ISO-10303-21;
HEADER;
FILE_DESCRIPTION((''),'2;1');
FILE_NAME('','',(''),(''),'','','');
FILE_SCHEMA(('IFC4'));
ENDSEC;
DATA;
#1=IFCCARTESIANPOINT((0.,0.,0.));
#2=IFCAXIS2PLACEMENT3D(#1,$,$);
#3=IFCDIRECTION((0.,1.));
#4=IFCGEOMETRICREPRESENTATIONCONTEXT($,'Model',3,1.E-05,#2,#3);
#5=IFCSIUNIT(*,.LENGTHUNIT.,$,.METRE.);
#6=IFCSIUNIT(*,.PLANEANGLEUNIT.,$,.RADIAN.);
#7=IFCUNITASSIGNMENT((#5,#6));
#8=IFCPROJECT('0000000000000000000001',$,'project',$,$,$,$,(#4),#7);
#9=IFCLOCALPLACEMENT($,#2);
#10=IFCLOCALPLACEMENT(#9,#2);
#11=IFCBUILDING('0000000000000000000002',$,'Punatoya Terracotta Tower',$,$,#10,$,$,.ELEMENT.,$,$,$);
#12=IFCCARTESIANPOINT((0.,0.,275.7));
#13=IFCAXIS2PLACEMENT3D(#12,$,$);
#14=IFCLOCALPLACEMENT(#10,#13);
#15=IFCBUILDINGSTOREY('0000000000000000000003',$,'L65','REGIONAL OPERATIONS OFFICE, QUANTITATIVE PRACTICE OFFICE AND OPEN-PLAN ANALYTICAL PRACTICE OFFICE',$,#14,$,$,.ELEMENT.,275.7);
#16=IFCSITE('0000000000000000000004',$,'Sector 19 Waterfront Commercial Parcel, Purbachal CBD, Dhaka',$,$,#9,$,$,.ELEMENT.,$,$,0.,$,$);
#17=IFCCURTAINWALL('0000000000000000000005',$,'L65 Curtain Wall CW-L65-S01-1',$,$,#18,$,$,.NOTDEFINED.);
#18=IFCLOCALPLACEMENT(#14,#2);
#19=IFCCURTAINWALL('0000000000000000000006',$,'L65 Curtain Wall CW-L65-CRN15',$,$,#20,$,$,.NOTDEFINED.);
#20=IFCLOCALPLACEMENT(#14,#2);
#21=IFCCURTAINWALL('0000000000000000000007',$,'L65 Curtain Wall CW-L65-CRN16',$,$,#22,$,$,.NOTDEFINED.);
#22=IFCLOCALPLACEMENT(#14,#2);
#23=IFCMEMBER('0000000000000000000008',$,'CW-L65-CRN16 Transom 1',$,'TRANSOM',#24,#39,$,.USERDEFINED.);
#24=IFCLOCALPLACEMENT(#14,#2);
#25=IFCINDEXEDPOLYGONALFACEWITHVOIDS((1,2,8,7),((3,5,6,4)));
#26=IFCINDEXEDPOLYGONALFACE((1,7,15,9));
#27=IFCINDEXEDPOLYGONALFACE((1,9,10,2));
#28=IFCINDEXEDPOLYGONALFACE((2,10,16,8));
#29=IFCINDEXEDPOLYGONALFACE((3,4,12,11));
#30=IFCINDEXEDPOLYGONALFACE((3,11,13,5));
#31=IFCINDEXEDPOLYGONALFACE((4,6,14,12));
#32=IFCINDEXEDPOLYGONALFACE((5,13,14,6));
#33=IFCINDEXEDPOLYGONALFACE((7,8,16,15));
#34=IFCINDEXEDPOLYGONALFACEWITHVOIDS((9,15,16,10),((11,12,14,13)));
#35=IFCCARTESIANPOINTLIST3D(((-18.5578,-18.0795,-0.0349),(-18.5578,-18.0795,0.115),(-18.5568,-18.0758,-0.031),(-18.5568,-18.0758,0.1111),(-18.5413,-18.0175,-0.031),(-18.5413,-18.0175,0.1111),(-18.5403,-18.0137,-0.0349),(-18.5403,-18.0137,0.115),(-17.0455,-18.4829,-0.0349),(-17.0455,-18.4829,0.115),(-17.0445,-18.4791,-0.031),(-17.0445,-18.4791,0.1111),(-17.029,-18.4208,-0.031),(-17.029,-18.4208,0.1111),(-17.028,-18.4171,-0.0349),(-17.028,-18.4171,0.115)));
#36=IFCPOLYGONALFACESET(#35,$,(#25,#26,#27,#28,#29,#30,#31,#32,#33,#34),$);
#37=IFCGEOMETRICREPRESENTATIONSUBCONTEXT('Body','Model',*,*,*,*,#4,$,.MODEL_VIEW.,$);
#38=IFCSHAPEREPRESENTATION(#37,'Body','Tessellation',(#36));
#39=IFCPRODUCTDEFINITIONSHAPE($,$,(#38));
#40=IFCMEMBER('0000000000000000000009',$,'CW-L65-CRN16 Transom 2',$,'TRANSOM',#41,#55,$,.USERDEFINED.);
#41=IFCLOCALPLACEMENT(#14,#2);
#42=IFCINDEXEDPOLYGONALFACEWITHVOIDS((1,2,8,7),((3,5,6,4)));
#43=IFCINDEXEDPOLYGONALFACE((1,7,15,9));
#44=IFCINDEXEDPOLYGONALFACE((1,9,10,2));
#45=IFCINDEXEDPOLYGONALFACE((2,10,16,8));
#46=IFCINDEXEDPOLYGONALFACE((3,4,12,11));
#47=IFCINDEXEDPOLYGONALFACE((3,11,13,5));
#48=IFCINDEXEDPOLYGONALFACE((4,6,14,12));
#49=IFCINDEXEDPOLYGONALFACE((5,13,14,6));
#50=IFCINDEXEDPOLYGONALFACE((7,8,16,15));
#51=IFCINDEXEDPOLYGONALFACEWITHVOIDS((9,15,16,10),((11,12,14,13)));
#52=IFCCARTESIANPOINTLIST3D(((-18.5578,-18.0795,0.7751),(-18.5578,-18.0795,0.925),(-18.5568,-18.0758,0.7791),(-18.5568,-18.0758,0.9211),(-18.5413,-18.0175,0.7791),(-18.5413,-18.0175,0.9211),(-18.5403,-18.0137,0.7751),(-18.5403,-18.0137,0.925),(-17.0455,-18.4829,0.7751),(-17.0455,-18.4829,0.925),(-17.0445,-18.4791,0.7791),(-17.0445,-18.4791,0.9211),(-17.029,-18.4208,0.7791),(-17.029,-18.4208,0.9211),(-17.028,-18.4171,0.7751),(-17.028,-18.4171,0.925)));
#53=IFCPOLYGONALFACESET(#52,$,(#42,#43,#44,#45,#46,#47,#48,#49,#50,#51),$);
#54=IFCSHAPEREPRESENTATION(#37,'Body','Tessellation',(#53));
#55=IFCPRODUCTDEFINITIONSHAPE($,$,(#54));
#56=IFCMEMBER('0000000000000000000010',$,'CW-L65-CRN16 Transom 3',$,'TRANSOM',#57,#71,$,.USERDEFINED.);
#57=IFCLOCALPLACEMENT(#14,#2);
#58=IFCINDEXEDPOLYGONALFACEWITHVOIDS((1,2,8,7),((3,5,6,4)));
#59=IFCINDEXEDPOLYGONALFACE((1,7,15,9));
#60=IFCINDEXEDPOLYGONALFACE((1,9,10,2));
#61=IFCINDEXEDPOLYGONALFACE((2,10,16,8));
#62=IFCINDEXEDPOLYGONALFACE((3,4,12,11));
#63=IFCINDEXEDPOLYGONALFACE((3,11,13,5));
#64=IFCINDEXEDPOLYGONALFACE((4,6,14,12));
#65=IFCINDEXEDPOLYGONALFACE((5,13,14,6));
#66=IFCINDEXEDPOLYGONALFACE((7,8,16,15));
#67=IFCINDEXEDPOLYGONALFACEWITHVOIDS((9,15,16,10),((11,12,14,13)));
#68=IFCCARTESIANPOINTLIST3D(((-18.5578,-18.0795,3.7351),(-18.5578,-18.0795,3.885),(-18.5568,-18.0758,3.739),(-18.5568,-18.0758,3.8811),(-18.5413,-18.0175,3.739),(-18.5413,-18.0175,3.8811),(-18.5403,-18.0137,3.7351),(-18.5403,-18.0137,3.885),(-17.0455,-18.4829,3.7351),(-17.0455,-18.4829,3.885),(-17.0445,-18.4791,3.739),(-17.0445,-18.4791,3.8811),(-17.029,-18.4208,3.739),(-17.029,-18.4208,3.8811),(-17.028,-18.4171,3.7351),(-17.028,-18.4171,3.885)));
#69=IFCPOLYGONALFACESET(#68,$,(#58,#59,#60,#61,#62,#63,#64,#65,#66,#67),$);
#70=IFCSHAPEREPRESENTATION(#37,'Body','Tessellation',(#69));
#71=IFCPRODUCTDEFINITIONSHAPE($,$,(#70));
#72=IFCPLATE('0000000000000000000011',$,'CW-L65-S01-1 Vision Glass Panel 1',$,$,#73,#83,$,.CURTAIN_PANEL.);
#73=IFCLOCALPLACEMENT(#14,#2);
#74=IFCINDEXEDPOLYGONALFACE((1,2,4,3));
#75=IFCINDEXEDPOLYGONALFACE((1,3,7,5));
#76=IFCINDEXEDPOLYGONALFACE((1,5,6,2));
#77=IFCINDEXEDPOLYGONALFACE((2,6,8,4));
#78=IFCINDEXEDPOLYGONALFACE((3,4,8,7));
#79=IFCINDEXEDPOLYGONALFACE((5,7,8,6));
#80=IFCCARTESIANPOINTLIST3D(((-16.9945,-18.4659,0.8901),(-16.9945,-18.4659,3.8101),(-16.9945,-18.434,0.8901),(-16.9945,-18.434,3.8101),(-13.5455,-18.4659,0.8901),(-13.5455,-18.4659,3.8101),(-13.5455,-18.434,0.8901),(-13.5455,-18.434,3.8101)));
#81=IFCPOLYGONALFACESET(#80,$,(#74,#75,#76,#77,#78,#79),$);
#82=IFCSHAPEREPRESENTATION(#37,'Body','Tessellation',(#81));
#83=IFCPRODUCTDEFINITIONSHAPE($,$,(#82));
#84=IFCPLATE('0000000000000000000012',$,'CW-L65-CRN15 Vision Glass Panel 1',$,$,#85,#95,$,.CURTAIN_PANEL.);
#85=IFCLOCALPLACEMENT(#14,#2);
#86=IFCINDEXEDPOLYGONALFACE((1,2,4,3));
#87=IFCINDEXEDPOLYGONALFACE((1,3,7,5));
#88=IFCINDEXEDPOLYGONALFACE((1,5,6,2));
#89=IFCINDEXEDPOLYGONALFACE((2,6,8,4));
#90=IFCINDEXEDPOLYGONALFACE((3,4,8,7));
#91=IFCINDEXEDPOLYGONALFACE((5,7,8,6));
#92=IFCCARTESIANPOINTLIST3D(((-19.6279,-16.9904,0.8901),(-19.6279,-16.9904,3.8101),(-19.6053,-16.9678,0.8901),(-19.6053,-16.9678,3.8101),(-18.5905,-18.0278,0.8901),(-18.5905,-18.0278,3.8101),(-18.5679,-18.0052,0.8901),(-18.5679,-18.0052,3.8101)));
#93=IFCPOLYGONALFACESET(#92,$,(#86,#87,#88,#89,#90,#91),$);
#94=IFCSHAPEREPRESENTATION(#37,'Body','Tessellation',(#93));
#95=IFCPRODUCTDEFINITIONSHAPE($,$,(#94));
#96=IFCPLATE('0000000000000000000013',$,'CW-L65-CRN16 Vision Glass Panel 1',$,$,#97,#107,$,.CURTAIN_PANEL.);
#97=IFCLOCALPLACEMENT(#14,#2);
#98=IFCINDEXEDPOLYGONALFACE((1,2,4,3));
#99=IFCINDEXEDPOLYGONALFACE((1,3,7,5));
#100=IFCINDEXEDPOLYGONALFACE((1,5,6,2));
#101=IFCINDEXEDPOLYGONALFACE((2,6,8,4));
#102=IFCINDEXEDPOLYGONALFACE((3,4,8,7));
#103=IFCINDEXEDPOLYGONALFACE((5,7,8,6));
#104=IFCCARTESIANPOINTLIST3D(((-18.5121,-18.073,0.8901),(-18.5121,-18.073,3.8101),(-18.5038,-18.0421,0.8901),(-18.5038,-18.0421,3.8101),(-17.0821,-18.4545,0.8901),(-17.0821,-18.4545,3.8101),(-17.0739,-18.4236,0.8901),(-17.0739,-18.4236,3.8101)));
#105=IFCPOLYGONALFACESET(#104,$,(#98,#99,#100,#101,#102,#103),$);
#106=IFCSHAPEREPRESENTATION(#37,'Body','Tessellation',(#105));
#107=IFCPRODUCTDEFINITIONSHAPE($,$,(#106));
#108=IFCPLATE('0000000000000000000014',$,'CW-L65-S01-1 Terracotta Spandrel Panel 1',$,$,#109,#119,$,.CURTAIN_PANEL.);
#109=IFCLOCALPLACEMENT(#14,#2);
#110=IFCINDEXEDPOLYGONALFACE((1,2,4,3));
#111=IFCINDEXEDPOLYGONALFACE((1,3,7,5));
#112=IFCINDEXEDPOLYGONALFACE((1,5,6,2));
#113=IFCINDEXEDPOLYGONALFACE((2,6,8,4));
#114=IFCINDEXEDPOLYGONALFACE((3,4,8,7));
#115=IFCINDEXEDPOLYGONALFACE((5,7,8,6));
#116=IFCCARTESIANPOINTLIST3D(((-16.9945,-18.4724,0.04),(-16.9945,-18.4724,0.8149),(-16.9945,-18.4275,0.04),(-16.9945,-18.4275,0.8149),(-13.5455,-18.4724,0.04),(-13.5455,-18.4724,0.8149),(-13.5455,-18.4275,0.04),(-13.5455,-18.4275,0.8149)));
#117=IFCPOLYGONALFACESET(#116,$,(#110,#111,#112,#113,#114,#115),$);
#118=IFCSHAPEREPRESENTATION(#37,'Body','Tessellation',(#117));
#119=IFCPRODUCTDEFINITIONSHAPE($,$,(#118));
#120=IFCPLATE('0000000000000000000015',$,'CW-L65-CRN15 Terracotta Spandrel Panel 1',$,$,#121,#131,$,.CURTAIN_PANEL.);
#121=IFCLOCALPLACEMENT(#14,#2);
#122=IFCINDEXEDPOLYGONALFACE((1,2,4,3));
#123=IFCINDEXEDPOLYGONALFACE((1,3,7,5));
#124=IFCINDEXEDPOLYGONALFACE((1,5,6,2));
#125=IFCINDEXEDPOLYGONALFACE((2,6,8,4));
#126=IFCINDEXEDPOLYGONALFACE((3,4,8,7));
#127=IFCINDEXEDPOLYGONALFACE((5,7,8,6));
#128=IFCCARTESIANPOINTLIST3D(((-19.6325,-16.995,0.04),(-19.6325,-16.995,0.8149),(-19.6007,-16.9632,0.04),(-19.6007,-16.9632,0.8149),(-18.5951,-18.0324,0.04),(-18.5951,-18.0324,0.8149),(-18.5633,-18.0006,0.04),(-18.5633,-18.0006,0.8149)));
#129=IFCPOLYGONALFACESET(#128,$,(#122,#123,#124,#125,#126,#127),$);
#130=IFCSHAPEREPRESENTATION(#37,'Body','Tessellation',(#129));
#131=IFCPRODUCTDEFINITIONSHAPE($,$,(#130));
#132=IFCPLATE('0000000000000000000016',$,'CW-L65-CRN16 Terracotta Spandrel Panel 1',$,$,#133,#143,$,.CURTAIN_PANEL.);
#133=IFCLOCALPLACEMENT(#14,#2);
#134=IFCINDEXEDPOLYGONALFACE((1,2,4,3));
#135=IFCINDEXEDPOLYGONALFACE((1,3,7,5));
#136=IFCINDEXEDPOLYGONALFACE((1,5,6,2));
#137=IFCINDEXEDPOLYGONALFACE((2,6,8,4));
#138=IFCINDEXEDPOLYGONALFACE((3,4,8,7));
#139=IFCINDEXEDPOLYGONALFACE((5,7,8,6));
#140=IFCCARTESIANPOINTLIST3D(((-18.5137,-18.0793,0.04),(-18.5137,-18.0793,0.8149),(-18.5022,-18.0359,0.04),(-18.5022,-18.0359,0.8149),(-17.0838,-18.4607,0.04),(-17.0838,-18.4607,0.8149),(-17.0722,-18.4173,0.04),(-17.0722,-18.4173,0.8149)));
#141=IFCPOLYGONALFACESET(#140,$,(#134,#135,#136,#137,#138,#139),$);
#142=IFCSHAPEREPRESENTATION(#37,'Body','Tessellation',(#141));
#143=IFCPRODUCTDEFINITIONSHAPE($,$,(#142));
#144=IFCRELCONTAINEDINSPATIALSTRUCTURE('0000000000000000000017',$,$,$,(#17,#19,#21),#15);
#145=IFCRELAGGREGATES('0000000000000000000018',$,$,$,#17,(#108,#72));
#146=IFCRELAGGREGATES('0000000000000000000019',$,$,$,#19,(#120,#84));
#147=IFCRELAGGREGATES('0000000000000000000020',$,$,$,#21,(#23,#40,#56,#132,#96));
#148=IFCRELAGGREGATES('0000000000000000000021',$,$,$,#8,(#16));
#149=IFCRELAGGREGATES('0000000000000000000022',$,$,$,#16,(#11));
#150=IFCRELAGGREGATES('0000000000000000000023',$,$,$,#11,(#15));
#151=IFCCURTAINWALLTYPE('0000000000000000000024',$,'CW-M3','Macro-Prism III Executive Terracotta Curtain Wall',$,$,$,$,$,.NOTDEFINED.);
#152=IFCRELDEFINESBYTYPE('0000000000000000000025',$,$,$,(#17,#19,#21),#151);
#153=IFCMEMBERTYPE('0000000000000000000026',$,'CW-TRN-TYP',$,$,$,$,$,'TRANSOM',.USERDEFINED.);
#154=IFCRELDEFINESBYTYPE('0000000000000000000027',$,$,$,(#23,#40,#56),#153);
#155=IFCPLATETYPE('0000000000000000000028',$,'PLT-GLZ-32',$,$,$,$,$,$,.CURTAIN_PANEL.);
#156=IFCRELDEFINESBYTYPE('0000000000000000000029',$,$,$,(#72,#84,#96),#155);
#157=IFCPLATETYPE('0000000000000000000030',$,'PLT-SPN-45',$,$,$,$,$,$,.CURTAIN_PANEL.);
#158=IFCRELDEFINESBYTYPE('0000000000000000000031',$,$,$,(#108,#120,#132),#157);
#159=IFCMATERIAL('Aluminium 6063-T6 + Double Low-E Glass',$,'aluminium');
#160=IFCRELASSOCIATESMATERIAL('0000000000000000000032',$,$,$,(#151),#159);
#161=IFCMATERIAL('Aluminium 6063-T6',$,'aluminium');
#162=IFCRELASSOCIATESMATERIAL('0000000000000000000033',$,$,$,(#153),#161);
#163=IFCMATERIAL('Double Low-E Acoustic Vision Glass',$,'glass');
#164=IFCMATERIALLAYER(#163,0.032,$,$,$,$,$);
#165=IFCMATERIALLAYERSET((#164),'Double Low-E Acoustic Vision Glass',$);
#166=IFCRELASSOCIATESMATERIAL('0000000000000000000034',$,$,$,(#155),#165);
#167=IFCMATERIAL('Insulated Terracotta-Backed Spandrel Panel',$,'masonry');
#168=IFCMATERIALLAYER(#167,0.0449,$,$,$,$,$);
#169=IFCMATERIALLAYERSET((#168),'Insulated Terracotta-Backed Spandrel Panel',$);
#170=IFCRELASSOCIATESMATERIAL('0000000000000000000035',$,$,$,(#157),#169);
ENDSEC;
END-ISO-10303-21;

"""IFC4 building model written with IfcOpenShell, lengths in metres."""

from ifc_helpers import new_model, si_unit, direction, frame, origin, origin_2d, place, context, subcontext, project, spatial, rectangle, hollow_rectangle, extrude, material, layer, layer_set, material_profile, profile_set, type_object, element, aggregate, save


model = new_model("IFC4")

# Units and contexts
model_context = context("Model", 3, precision=1e-05, world=origin(), true_north=direction((0.0, 1.0)))
body_context = subcontext(model_context, "Body", "Model", "MODEL_VIEW")
ifc_project = project(units=[si_unit("LENGTHUNIT", "METRE"), si_unit("PLANEANGLEUNIT", "RADIAN")], contexts=[model_context])

# Site, building, storey
site_placement = place(None, origin())
site = spatial("IfcSite", under=ifc_project, at=site_placement, Name="Sector 19 Waterfront Commercial Parcel, Purbachal CBD, Dhaka", CompositionType="ELEMENT", RefElevation=0.0)
building_placement = place(site_placement, origin())
building = spatial("IfcBuilding", under=site, at=building_placement, Name="Punatoya Terracotta Tower", CompositionType="ELEMENT")
storey_placement = place(building_placement, frame((0.0, 0.0, 275.7)))
storey = spatial("IfcBuildingStorey", under=building, at=storey_placement, Name="L65", Description="REGIONAL OPERATIONS OFFICE, QUANTITATIVE PRACTICE OFFICE AND OPEN-PLAN ANALYTICAL PRACTICE OFFICE", CompositionType="ELEMENT", Elevation=275.7)

# Curtain wall
ifc_material_1 = material(Name="Aluminium 6063-T6 + Double Low-E Glass", Category="aluminium")
curtain_wall_type = type_object("IfcCurtainWallType", Name="CW-M3", Description="Macro-Prism III Executive Terracotta Curtain Wall", PredefinedType="NOTDEFINED", material=ifc_material_1)
curtain_wall_1_placement = place(storey_placement, origin())
curtain_wall_1 = element("IfcCurtainWall", 1, at=curtain_wall_1_placement, inside=storey, type_object=curtain_wall_type, Name="L65 Curtain Wall CW-L65-S01-1", PredefinedType="NOTDEFINED")
ifc_material_2 = material(Name="Aluminium 6063-T6", Category="aluminium")

# Curtain walls
curtain_wall_2_placement = place(storey_placement, origin())
curtain_wall_2 = element("IfcCurtainWall", 2, at=curtain_wall_2_placement, inside=storey, type_object=curtain_wall_type, Name="L65 Curtain Wall CW-L65-CRN15", PredefinedType="NOTDEFINED")
curtain_wall_3_placement = place(storey_placement, origin())
curtain_wall_3 = element("IfcCurtainWall", 3, at=curtain_wall_3_placement, inside=storey, type_object=curtain_wall_type, Name="L65 Curtain Wall CW-L65-CRN16", PredefinedType="NOTDEFINED")

# Members
ifc_material_profile_1 = material_profile(ifc_material_2, hollow_rectangle(XDim=0.0681, YDim=0.1499, WallThickness=0.0039, at=origin_2d()))
ifc_profile_set_1 = profile_set([ifc_material_profile_1], Name="Aluminium 6063-T6")
member_type_1 = type_object("IfcMemberType", Name="CW-TRN-TYP", ElementType="TRANSOM", PredefinedType="USERDEFINED", material=ifc_profile_set_1)
member_1_placement = place(storey_placement, frame((-18.5491, -18.0466, 0.04), z_axis=(0.966225, -0.257701, 0.0), x_axis=(0.257701, 0.966225, 0.0)))
member_1 = element("IfcMember", 4, at=member_1_placement, type_object=member_type_1, Name="CW-L65-CRN16 Transom 1", ObjectType="TRANSOM", PredefinedType="USERDEFINED", context=body_context, shape_type="SweptSolid", body=[
    extrude(hollow_rectangle(XDim=0.0681, YDim=0.1499, WallThickness=0.0039, at=origin_2d()), origin(), (0.0, 0.0, 1.0), 1.5652),
])
member_2_placement = place(storey_placement, frame((-18.5491, -18.0466, 0.8501), z_axis=(0.966225, -0.257701, 0.0), x_axis=(0.257701, 0.966225, 0.0)))
member_2 = element("IfcMember", 5, at=member_2_placement, type_object=member_type_1, Name="CW-L65-CRN16 Transom 2", ObjectType="TRANSOM", PredefinedType="USERDEFINED", context=body_context, shape_type="SweptSolid", body=[
    extrude(hollow_rectangle(XDim=0.0681, YDim=0.1499, WallThickness=0.0039, at=origin_2d()), origin(), (0.0, 0.0, 1.0), 1.5652),
])
member_3_placement = place(storey_placement, frame((-18.5491, -18.0466, 3.8101), z_axis=(0.966225, -0.257701, 0.0), x_axis=(0.257701, 0.966225, 0.0)))
member_3 = element("IfcMember", 6, at=member_3_placement, type_object=member_type_1, Name="CW-L65-CRN16 Transom 3", ObjectType="TRANSOM", PredefinedType="USERDEFINED", context=body_context, shape_type="SweptSolid", body=[
    extrude(hollow_rectangle(XDim=0.0681, YDim=0.1499, WallThickness=0.0039, at=origin_2d()), origin(), (0.0, 0.0, 1.0), 1.5652),
])

# Plates
ifc_material_3 = material(Name="Double Low-E Acoustic Vision Glass", Category="glass")
ifc_layer_1 = layer(ifc_material_3, 0.032)
ifc_layer_set_1 = layer_set([ifc_layer_1], Name="Double Low-E Acoustic Vision Glass")
plate_type_1 = type_object("IfcPlateType", Name="PLT-GLZ-32", PredefinedType="CURTAIN_PANEL", material=ifc_layer_set_1)
plate_1_placement = place(storey_placement, frame((-15.27, -18.45, 0.8901), z_axis=(0.0, 0.0, 1.0), x_axis=(1.0, 0.0, 0.0)))
plate_1 = element("IfcPlate", 7, at=plate_1_placement, type_object=plate_type_1, Name="CW-L65-S01-1 Vision Glass Panel 1", PredefinedType="CURTAIN_PANEL", context=body_context, shape_type="SweptSolid", body=[
    extrude(rectangle(XDim=3.449, YDim=0.032, at=origin_2d()), origin(), (0.0, 0.0, 1.0), 2.9199),
])
plate_2_placement = place(storey_placement, frame((-19.0979, -17.4978, 0.8901), z_axis=(0.0, 0.0, 1.0), x_axis=(0.707107, -0.707107, 0.0)))
plate_2 = element("IfcPlate", 8, at=plate_2_placement, type_object=plate_type_1, Name="CW-L65-CRN15 Vision Glass Panel 1", PredefinedType="CURTAIN_PANEL", context=body_context, shape_type="SweptSolid", body=[
    extrude(rectangle(XDim=1.467, YDim=0.032, at=origin_2d()), origin(), (0.0, 0.0, 1.0), 2.9199),
])
plate_3_placement = place(storey_placement, frame((-17.793, -18.2483, 0.8901), z_axis=(0.0, 0.0, 1.0), x_axis=(0.966214, -0.257742, 0.0)))
plate_3 = element("IfcPlate", 9, at=plate_3_placement, type_object=plate_type_1, Name="CW-L65-CRN16 Vision Glass Panel 1", PredefinedType="CURTAIN_PANEL", context=body_context, shape_type="SweptSolid", body=[
    extrude(rectangle(XDim=1.48, YDim=0.032, at=origin_2d()), origin(), (0.0, 0.0, 1.0), 2.9199),
])
ifc_material_4 = material(Name="Insulated Terracotta-Backed Spandrel Panel", Category="masonry")
ifc_layer_2 = layer(ifc_material_4, 0.0449)
ifc_layer_set_2 = layer_set([ifc_layer_2], Name="Insulated Terracotta-Backed Spandrel Panel")
plate_type_2 = type_object("IfcPlateType", Name="PLT-SPN-45", PredefinedType="CURTAIN_PANEL", material=ifc_layer_set_2)
plate_4_placement = place(storey_placement, frame((-15.27, -18.45, 0.04), z_axis=(0.0, 0.0, 1.0), x_axis=(1.0, 0.0, 0.0)))
plate_4 = element("IfcPlate", 10, at=plate_4_placement, type_object=plate_type_2, Name="CW-L65-S01-1 Terracotta Spandrel Panel 1", PredefinedType="CURTAIN_PANEL", context=body_context, shape_type="SweptSolid", body=[
    extrude(rectangle(XDim=3.449, YDim=0.0449, at=origin_2d()), origin(), (0.0, 0.0, 1.0), 0.7749),
])
aggregate(curtain_wall_1, [plate_4, plate_1])
plate_5_placement = place(storey_placement, frame((-19.0979, -17.4978, 0.04), z_axis=(0.0, 0.0, 1.0), x_axis=(0.707107, -0.707107, 0.0)))
plate_5 = element("IfcPlate", 11, at=plate_5_placement, type_object=plate_type_2, Name="CW-L65-CRN15 Terracotta Spandrel Panel 1", PredefinedType="CURTAIN_PANEL", context=body_context, shape_type="SweptSolid", body=[
    extrude(rectangle(XDim=1.467, YDim=0.0449, at=origin_2d()), origin(), (0.0, 0.0, 1.0), 0.7749),
])
aggregate(curtain_wall_2, [plate_5, plate_2])
plate_6_placement = place(storey_placement, frame((-17.793, -18.2483, 0.04), z_axis=(0.0, 0.0, 1.0), x_axis=(0.966214, -0.257742, 0.0)))
plate_6 = element("IfcPlate", 12, at=plate_6_placement, type_object=plate_type_2, Name="CW-L65-CRN16 Terracotta Spandrel Panel 1", PredefinedType="CURTAIN_PANEL", context=body_context, shape_type="SweptSolid", body=[
    extrude(rectangle(XDim=1.48, YDim=0.0449, at=origin_2d()), origin(), (0.0, 0.0, 1.0), 0.7749),
])
aggregate(curtain_wall_3, [member_1, member_2, member_3, plate_6, plate_3])

save(model, "model.ifc")
